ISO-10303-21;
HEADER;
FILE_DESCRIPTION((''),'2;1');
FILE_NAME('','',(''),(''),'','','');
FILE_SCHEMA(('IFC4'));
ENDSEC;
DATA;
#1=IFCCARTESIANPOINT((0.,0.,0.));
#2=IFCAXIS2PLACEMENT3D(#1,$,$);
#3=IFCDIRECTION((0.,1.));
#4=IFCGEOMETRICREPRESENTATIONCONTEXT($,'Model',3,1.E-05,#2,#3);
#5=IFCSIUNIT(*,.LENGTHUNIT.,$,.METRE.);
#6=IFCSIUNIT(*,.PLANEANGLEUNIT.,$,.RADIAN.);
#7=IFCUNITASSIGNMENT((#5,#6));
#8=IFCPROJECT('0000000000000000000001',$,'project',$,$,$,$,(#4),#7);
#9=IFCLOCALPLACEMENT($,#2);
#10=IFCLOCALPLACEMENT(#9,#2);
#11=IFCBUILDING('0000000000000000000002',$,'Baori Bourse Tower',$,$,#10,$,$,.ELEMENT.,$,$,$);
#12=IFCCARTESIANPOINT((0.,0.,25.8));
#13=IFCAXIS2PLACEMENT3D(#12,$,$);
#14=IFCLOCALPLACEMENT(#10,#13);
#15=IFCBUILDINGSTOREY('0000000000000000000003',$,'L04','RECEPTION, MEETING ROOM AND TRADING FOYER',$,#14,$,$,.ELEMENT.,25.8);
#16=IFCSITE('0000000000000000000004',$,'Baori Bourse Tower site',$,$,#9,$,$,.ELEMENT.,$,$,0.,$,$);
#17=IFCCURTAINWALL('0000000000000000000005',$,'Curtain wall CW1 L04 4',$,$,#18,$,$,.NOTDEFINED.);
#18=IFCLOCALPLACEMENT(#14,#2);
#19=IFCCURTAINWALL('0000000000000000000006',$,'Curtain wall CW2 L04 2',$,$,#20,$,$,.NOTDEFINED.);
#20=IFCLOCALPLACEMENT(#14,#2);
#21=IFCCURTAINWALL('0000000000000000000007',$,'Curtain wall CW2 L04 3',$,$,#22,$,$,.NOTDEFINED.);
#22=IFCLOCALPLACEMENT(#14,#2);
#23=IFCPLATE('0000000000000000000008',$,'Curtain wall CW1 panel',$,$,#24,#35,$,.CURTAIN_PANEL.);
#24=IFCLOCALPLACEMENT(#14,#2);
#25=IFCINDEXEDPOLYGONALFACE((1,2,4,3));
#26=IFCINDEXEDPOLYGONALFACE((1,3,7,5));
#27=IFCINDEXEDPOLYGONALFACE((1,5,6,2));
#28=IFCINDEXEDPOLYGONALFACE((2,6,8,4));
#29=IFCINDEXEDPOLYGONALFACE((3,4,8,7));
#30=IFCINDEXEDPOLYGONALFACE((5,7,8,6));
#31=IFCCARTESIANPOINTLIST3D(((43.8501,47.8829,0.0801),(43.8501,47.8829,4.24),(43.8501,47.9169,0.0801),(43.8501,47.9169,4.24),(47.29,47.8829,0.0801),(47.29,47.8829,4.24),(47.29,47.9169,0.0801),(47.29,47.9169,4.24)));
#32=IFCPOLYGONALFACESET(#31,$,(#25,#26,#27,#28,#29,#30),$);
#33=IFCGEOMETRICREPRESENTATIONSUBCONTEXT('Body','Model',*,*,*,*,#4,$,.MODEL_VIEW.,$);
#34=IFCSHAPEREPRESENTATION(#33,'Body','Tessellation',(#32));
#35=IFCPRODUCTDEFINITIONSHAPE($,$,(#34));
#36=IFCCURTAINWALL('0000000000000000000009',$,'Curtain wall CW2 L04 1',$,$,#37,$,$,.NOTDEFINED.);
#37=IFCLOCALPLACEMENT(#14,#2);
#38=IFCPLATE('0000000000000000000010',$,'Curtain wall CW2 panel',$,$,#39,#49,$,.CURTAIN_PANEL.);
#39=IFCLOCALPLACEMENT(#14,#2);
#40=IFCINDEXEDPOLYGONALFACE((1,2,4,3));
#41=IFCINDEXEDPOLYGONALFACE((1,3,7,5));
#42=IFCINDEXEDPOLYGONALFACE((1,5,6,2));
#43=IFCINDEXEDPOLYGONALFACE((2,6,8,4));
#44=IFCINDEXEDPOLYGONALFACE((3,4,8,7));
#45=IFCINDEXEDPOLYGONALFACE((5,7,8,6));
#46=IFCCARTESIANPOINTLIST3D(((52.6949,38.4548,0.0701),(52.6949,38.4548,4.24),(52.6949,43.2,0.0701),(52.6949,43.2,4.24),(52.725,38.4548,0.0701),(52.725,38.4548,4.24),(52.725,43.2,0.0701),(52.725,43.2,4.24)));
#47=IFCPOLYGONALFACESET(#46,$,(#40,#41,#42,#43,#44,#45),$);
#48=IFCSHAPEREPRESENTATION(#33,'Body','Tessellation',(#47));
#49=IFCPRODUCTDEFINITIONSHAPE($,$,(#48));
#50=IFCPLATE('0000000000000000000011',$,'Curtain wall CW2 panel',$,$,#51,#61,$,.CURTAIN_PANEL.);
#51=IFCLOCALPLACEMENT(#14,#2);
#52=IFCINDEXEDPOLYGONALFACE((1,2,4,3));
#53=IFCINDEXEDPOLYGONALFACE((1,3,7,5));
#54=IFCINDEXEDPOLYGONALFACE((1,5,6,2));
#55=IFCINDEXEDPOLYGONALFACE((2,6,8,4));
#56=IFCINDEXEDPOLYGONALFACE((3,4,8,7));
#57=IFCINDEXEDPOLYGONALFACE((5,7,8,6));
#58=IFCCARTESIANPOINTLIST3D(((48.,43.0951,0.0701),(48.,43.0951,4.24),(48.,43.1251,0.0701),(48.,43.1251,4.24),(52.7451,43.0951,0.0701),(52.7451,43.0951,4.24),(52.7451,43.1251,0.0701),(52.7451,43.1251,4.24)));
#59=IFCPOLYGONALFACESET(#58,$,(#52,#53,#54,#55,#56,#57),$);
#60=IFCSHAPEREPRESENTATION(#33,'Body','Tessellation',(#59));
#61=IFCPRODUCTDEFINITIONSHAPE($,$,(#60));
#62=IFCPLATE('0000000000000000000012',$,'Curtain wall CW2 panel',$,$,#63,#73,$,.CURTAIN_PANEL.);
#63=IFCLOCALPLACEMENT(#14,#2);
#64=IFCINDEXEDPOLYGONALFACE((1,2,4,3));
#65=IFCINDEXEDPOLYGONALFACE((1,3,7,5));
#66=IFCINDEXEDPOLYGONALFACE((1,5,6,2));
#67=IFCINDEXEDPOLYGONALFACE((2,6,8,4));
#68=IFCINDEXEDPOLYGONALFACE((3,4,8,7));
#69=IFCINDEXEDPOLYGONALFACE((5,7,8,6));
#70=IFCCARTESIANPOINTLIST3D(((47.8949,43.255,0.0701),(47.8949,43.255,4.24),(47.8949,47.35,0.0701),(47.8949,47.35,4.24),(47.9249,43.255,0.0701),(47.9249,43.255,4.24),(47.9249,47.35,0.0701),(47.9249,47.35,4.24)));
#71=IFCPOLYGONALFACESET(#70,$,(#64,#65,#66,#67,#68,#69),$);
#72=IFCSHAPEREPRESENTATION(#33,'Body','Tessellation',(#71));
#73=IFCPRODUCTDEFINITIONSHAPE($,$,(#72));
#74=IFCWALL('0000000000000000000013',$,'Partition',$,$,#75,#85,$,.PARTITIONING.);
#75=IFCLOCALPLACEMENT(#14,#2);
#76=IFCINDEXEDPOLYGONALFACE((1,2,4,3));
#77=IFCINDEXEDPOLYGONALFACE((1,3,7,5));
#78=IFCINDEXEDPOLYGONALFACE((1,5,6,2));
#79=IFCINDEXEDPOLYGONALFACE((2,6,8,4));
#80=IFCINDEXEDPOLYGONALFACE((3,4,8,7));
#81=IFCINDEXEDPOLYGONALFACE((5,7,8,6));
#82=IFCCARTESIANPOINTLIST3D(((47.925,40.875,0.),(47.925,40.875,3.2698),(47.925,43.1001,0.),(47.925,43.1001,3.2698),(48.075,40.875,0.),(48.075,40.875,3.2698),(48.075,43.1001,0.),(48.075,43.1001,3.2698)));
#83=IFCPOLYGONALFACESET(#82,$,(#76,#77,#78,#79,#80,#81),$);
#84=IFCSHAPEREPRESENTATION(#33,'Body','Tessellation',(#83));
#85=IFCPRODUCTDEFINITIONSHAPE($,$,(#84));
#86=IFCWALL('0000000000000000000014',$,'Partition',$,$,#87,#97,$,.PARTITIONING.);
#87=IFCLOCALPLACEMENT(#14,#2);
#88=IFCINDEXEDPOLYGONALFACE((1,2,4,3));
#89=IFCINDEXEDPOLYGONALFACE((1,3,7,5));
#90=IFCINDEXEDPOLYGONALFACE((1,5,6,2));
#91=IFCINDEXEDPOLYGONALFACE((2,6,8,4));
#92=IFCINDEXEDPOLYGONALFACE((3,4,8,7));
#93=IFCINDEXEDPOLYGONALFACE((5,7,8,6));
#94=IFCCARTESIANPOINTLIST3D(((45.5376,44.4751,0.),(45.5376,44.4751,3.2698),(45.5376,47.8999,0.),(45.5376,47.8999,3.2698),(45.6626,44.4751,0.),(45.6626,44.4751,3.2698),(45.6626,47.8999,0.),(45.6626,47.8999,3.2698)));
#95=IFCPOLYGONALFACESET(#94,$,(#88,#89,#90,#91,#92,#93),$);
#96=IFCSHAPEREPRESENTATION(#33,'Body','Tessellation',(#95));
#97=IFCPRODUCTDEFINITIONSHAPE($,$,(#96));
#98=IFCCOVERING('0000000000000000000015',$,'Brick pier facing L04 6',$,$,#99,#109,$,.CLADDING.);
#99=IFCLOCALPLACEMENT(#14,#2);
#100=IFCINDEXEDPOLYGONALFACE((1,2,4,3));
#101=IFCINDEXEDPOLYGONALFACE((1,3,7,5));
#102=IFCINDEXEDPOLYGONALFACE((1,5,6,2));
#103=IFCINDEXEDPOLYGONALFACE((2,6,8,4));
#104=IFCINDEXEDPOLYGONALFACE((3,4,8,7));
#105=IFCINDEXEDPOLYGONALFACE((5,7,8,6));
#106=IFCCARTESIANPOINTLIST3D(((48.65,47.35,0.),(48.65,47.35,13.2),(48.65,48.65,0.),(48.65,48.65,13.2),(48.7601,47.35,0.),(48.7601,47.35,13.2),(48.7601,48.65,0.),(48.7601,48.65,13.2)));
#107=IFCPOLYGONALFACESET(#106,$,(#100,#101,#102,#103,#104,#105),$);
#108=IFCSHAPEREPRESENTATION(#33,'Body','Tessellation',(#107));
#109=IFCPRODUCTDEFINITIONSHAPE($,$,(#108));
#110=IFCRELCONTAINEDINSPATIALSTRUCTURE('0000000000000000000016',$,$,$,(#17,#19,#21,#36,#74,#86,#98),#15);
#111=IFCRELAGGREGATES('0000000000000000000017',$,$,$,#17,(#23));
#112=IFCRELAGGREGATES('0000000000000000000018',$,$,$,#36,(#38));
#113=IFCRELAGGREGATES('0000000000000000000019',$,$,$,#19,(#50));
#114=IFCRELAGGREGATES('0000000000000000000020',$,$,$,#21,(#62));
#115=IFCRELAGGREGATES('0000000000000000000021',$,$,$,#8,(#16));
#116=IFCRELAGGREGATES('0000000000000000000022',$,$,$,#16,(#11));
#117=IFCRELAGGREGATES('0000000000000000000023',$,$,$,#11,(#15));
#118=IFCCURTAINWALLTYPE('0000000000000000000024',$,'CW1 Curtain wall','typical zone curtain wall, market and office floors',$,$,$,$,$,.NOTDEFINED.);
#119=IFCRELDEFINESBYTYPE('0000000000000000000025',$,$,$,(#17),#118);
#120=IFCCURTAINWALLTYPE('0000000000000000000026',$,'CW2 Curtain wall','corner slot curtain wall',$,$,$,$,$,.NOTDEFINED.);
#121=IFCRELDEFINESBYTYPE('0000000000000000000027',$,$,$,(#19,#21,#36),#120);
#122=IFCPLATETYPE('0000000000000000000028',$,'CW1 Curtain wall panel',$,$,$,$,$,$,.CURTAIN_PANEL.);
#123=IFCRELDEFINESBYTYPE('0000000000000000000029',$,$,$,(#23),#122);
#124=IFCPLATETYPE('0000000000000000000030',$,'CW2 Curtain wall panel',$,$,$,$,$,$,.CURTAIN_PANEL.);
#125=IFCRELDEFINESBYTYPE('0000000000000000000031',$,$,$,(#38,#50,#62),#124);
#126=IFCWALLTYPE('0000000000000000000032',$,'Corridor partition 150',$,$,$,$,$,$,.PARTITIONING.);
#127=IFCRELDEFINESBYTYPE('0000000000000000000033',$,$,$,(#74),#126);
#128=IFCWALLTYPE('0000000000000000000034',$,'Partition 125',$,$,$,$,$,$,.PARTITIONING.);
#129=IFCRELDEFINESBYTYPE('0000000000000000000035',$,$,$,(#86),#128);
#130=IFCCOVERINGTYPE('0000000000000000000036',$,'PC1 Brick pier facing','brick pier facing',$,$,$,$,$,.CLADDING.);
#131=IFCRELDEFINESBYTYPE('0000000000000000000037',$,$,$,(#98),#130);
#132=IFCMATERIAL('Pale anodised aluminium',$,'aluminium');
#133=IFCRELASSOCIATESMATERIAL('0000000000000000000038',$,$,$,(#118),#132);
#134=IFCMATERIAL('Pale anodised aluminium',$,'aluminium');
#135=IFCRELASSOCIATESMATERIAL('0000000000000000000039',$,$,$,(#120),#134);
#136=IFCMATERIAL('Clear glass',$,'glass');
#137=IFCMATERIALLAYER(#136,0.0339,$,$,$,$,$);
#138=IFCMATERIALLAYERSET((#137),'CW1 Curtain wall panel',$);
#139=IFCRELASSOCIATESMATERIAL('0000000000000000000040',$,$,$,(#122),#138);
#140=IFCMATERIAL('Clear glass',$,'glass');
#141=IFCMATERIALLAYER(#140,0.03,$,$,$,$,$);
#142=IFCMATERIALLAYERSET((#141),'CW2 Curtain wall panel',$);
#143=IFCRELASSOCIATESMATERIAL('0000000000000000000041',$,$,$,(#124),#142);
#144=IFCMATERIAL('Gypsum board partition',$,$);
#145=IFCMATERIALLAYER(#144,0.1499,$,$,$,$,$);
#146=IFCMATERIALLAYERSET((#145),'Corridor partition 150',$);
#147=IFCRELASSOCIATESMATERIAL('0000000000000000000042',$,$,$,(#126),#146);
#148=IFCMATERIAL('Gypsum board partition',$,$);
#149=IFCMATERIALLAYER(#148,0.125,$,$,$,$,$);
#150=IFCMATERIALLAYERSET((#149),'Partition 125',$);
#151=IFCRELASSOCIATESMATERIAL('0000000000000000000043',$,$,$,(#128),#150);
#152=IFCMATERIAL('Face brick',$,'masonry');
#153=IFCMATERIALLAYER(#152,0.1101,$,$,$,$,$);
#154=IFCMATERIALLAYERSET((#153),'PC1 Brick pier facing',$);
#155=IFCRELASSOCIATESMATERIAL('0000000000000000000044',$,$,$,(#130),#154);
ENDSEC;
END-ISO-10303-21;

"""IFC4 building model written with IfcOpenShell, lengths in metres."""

from ifc_helpers import new_model, si_unit, direction, frame, frame_2d, origin, origin_2d, place, context, subcontext, project, spatial, rectangle, extrude, material, layer, layer_set, type_object, element, aggregate, save


model = new_model("IFC4")

# Units and contexts
model_context = context("Model", 3, precision=1e-05, world=origin(), true_north=direction((0.0, 1.0)))
body_context = subcontext(model_context, "Body", "Model", "MODEL_VIEW")
ifc_project = project(units=[si_unit("LENGTHUNIT", "METRE"), si_unit("PLANEANGLEUNIT", "RADIAN")], contexts=[model_context])

# Site, building, storey
site_placement = place(None, origin())
site = spatial("IfcSite", under=ifc_project, at=site_placement, Name="Baori Bourse Tower site", CompositionType="ELEMENT", RefElevation=0.0)
building_placement = place(site_placement, origin())
building = spatial("IfcBuilding", under=site, at=building_placement, Name="Baori Bourse Tower", CompositionType="ELEMENT")
storey_placement = place(building_placement, frame((0.0, 0.0, 25.8)))
storey = spatial("IfcBuildingStorey", under=building, at=storey_placement, Name="L04", Description="RECEPTION, MEETING ROOM AND TRADING FOYER", CompositionType="ELEMENT", Elevation=25.8)

# Curtain wall
ifc_material_1 = material(Name="Pale anodised aluminium", Category="aluminium")
curtain_wall_type_1 = type_object("IfcCurtainWallType", Name="CW1 Curtain wall", Description="typical zone curtain wall, market and office floors", PredefinedType="NOTDEFINED", material=ifc_material_1)
curtain_wall_1_placement = place(storey_placement, origin())
curtain_wall_1 = element("IfcCurtainWall", 1, at=curtain_wall_1_placement, inside=storey, type_object=curtain_wall_type_1, Name="Curtain wall CW1 L04 4", PredefinedType="NOTDEFINED")

# Curtain walls
ifc_material_2 = material(Name="Pale anodised aluminium", Category="aluminium")
curtain_wall_type_2 = type_object("IfcCurtainWallType", Name="CW2 Curtain wall", Description="corner slot curtain wall", PredefinedType="NOTDEFINED", material=ifc_material_2)
curtain_wall_2_placement = place(storey_placement, origin())
curtain_wall_2 = element("IfcCurtainWall", 2, at=curtain_wall_2_placement, inside=storey, type_object=curtain_wall_type_2, Name="Curtain wall CW2 L04 2", PredefinedType="NOTDEFINED")
curtain_wall_3_placement = place(storey_placement, origin())
curtain_wall_3 = element("IfcCurtainWall", 3, at=curtain_wall_3_placement, inside=storey, type_object=curtain_wall_type_2, Name="Curtain wall CW2 L04 3", PredefinedType="NOTDEFINED")

# Plate
ifc_material_3 = material(Name="Clear glass", Category="glass")
ifc_layer_1 = layer(ifc_material_3, 0.0339)
ifc_layer_set_1 = layer_set([ifc_layer_1], Name="CW1 Curtain wall panel")
plate_type_1 = type_object("IfcPlateType", Name="CW1 Curtain wall panel", PredefinedType="CURTAIN_PANEL", material=ifc_layer_set_1)
plate_1_placement = place(storey_placement, frame((45.5701, 47.8999, 0.0801), z_axis=(0.0, 0.0, 1.0), x_axis=(-1.0, 0.0, 0.0)))
plate_1 = element("IfcPlate", 4, at=plate_1_placement, type_object=plate_type_1, Name="Curtain wall CW1 panel", PredefinedType="CURTAIN_PANEL", context=body_context, shape_type="SweptSolid", body=[
    extrude(rectangle(XDim=3.4399, YDim=0.0339, at=origin_2d()), origin(), (0.0, 0.0, 1.0), 4.1599),
])
aggregate(curtain_wall_1, [plate_1])

# Curtain wall, plate
curtain_wall_4_placement = place(storey_placement, origin())
curtain_wall_4 = element("IfcCurtainWall", 5, at=curtain_wall_4_placement, inside=storey, type_object=curtain_wall_type_2, Name="Curtain wall CW2 L04 1", PredefinedType="NOTDEFINED")
ifc_material_4 = material(Name="Clear glass", Category="glass")
ifc_layer_2 = layer(ifc_material_4, 0.03)
ifc_layer_set_2 = layer_set([ifc_layer_2], Name="CW2 Curtain wall panel")
plate_type_2 = type_object("IfcPlateType", Name="CW2 Curtain wall panel", PredefinedType="CURTAIN_PANEL", material=ifc_layer_set_2)
plate_2_placement = place(storey_placement, frame((52.71, 40.8274, 0.0701), z_axis=(0.0, 0.0, 1.0), x_axis=(0.0, 1.0, 0.0)))
plate_2 = element("IfcPlate", 6, at=plate_2_placement, type_object=plate_type_2, Name="Curtain wall CW2 panel", PredefinedType="CURTAIN_PANEL", context=body_context, shape_type="SweptSolid", body=[
    extrude(rectangle(XDim=4.7451, YDim=0.03, at=origin_2d()), origin(), (0.0, 0.0, 1.0), 4.1699),
])
aggregate(curtain_wall_4, [plate_2])

# Plates
plate_3_placement = place(storey_placement, frame((50.3726, 43.1101, 0.0701), z_axis=(0.0, 0.0, 1.0), x_axis=(-1.0, 0.0, 0.0)))
plate_3 = element("IfcPlate", 7, at=plate_3_placement, type_object=plate_type_2, Name="Curtain wall CW2 panel", PredefinedType="CURTAIN_PANEL", context=body_context, shape_type="SweptSolid", body=[
    extrude(rectangle(XDim=4.7451, YDim=0.03, at=origin_2d()), origin(), (0.0, 0.0, 1.0), 4.1699),
])
aggregate(curtain_wall_2, [plate_3])
plate_4_placement = place(storey_placement, frame((47.9099, 45.3025, 0.0701), z_axis=(0.0, 0.0, 1.0), x_axis=(0.0, 1.0, 0.0)))
plate_4 = element("IfcPlate", 8, at=plate_4_placement, type_object=plate_type_2, Name="Curtain wall CW2 panel", PredefinedType="CURTAIN_PANEL", context=body_context, shape_type="SweptSolid", body=[
    extrude(rectangle(XDim=4.095, YDim=0.03, at=origin_2d()), origin(), (0.0, 0.0, 1.0), 4.1699),
])
aggregate(curtain_wall_3, [plate_4])

# Walls
ifc_material_5 = material(Name="Gypsum board partition")
ifc_layer_3 = layer(ifc_material_5, 0.1499)
ifc_layer_set_3 = layer_set([ifc_layer_3], Name="Corridor partition 150")
wall_type_1 = type_object("IfcWallType", Name="Corridor partition 150", PredefinedType="PARTITIONING", material=ifc_layer_set_3)
wall_1_placement = place(storey_placement, frame((48.0, 40.875, 0.0), z_axis=(0.0, 0.0, 1.0), x_axis=(0.0, 1.0, 0.0)))
element("IfcWall", 9, at=wall_1_placement, inside=storey, type_object=wall_type_1, Name="Partition", PredefinedType="PARTITIONING", context=body_context, shape_type="SweptSolid", body=[
    extrude(rectangle(XDim=2.2251, YDim=0.1499, at=frame_2d((1.1125, 0.0))), origin(), (0.0, 0.0, 1.0), 3.2698),
])
ifc_material_6 = material(Name="Gypsum board partition")
ifc_layer_4 = layer(ifc_material_6, 0.125)
ifc_layer_set_4 = layer_set([ifc_layer_4], Name="Partition 125")
wall_type_2 = type_object("IfcWallType", Name="Partition 125", PredefinedType="PARTITIONING", material=ifc_layer_set_4)
wall_2_placement = place(storey_placement, frame((45.6001, 44.4751, 0.0), z_axis=(0.0, 0.0, 1.0), x_axis=(0.0, 1.0, 0.0)))
element("IfcWall", 10, at=wall_2_placement, inside=storey, type_object=wall_type_2, Name="Partition", PredefinedType="PARTITIONING", context=body_context, shape_type="SweptSolid", body=[
    extrude(rectangle(XDim=3.4248, YDim=0.125, at=frame_2d((1.7124, 0.0))), origin(), (0.0, 0.0, 1.0), 3.2698),
])

# Covering
ifc_material_7 = material(Name="Face brick", Category="masonry")
ifc_layer_5 = layer(ifc_material_7, 0.1101)
ifc_layer_set_5 = layer_set([ifc_layer_5], Name="PC1 Brick pier facing")
covering_type = type_object("IfcCoveringType", Name="PC1 Brick pier facing", Description="brick pier facing", PredefinedType="CLADDING", material=ifc_layer_set_5)
covering_placement = place(storey_placement, frame((48.7051, 48.0, 0.0), z_axis=(0.0, 0.0, 1.0), x_axis=(1.0, 0.0, 0.0)))
element("IfcCovering", 11, at=covering_placement, inside=storey, type_object=covering_type, Name="Brick pier facing L04 6", PredefinedType="CLADDING", context=body_context, shape_type="SweptSolid", body=[
    extrude(rectangle(XDim=0.1101, YDim=1.3, at=origin_2d()), origin(), (0.0, 0.0, 1.0), 13.2),
])

save(model, "model.ifc")
